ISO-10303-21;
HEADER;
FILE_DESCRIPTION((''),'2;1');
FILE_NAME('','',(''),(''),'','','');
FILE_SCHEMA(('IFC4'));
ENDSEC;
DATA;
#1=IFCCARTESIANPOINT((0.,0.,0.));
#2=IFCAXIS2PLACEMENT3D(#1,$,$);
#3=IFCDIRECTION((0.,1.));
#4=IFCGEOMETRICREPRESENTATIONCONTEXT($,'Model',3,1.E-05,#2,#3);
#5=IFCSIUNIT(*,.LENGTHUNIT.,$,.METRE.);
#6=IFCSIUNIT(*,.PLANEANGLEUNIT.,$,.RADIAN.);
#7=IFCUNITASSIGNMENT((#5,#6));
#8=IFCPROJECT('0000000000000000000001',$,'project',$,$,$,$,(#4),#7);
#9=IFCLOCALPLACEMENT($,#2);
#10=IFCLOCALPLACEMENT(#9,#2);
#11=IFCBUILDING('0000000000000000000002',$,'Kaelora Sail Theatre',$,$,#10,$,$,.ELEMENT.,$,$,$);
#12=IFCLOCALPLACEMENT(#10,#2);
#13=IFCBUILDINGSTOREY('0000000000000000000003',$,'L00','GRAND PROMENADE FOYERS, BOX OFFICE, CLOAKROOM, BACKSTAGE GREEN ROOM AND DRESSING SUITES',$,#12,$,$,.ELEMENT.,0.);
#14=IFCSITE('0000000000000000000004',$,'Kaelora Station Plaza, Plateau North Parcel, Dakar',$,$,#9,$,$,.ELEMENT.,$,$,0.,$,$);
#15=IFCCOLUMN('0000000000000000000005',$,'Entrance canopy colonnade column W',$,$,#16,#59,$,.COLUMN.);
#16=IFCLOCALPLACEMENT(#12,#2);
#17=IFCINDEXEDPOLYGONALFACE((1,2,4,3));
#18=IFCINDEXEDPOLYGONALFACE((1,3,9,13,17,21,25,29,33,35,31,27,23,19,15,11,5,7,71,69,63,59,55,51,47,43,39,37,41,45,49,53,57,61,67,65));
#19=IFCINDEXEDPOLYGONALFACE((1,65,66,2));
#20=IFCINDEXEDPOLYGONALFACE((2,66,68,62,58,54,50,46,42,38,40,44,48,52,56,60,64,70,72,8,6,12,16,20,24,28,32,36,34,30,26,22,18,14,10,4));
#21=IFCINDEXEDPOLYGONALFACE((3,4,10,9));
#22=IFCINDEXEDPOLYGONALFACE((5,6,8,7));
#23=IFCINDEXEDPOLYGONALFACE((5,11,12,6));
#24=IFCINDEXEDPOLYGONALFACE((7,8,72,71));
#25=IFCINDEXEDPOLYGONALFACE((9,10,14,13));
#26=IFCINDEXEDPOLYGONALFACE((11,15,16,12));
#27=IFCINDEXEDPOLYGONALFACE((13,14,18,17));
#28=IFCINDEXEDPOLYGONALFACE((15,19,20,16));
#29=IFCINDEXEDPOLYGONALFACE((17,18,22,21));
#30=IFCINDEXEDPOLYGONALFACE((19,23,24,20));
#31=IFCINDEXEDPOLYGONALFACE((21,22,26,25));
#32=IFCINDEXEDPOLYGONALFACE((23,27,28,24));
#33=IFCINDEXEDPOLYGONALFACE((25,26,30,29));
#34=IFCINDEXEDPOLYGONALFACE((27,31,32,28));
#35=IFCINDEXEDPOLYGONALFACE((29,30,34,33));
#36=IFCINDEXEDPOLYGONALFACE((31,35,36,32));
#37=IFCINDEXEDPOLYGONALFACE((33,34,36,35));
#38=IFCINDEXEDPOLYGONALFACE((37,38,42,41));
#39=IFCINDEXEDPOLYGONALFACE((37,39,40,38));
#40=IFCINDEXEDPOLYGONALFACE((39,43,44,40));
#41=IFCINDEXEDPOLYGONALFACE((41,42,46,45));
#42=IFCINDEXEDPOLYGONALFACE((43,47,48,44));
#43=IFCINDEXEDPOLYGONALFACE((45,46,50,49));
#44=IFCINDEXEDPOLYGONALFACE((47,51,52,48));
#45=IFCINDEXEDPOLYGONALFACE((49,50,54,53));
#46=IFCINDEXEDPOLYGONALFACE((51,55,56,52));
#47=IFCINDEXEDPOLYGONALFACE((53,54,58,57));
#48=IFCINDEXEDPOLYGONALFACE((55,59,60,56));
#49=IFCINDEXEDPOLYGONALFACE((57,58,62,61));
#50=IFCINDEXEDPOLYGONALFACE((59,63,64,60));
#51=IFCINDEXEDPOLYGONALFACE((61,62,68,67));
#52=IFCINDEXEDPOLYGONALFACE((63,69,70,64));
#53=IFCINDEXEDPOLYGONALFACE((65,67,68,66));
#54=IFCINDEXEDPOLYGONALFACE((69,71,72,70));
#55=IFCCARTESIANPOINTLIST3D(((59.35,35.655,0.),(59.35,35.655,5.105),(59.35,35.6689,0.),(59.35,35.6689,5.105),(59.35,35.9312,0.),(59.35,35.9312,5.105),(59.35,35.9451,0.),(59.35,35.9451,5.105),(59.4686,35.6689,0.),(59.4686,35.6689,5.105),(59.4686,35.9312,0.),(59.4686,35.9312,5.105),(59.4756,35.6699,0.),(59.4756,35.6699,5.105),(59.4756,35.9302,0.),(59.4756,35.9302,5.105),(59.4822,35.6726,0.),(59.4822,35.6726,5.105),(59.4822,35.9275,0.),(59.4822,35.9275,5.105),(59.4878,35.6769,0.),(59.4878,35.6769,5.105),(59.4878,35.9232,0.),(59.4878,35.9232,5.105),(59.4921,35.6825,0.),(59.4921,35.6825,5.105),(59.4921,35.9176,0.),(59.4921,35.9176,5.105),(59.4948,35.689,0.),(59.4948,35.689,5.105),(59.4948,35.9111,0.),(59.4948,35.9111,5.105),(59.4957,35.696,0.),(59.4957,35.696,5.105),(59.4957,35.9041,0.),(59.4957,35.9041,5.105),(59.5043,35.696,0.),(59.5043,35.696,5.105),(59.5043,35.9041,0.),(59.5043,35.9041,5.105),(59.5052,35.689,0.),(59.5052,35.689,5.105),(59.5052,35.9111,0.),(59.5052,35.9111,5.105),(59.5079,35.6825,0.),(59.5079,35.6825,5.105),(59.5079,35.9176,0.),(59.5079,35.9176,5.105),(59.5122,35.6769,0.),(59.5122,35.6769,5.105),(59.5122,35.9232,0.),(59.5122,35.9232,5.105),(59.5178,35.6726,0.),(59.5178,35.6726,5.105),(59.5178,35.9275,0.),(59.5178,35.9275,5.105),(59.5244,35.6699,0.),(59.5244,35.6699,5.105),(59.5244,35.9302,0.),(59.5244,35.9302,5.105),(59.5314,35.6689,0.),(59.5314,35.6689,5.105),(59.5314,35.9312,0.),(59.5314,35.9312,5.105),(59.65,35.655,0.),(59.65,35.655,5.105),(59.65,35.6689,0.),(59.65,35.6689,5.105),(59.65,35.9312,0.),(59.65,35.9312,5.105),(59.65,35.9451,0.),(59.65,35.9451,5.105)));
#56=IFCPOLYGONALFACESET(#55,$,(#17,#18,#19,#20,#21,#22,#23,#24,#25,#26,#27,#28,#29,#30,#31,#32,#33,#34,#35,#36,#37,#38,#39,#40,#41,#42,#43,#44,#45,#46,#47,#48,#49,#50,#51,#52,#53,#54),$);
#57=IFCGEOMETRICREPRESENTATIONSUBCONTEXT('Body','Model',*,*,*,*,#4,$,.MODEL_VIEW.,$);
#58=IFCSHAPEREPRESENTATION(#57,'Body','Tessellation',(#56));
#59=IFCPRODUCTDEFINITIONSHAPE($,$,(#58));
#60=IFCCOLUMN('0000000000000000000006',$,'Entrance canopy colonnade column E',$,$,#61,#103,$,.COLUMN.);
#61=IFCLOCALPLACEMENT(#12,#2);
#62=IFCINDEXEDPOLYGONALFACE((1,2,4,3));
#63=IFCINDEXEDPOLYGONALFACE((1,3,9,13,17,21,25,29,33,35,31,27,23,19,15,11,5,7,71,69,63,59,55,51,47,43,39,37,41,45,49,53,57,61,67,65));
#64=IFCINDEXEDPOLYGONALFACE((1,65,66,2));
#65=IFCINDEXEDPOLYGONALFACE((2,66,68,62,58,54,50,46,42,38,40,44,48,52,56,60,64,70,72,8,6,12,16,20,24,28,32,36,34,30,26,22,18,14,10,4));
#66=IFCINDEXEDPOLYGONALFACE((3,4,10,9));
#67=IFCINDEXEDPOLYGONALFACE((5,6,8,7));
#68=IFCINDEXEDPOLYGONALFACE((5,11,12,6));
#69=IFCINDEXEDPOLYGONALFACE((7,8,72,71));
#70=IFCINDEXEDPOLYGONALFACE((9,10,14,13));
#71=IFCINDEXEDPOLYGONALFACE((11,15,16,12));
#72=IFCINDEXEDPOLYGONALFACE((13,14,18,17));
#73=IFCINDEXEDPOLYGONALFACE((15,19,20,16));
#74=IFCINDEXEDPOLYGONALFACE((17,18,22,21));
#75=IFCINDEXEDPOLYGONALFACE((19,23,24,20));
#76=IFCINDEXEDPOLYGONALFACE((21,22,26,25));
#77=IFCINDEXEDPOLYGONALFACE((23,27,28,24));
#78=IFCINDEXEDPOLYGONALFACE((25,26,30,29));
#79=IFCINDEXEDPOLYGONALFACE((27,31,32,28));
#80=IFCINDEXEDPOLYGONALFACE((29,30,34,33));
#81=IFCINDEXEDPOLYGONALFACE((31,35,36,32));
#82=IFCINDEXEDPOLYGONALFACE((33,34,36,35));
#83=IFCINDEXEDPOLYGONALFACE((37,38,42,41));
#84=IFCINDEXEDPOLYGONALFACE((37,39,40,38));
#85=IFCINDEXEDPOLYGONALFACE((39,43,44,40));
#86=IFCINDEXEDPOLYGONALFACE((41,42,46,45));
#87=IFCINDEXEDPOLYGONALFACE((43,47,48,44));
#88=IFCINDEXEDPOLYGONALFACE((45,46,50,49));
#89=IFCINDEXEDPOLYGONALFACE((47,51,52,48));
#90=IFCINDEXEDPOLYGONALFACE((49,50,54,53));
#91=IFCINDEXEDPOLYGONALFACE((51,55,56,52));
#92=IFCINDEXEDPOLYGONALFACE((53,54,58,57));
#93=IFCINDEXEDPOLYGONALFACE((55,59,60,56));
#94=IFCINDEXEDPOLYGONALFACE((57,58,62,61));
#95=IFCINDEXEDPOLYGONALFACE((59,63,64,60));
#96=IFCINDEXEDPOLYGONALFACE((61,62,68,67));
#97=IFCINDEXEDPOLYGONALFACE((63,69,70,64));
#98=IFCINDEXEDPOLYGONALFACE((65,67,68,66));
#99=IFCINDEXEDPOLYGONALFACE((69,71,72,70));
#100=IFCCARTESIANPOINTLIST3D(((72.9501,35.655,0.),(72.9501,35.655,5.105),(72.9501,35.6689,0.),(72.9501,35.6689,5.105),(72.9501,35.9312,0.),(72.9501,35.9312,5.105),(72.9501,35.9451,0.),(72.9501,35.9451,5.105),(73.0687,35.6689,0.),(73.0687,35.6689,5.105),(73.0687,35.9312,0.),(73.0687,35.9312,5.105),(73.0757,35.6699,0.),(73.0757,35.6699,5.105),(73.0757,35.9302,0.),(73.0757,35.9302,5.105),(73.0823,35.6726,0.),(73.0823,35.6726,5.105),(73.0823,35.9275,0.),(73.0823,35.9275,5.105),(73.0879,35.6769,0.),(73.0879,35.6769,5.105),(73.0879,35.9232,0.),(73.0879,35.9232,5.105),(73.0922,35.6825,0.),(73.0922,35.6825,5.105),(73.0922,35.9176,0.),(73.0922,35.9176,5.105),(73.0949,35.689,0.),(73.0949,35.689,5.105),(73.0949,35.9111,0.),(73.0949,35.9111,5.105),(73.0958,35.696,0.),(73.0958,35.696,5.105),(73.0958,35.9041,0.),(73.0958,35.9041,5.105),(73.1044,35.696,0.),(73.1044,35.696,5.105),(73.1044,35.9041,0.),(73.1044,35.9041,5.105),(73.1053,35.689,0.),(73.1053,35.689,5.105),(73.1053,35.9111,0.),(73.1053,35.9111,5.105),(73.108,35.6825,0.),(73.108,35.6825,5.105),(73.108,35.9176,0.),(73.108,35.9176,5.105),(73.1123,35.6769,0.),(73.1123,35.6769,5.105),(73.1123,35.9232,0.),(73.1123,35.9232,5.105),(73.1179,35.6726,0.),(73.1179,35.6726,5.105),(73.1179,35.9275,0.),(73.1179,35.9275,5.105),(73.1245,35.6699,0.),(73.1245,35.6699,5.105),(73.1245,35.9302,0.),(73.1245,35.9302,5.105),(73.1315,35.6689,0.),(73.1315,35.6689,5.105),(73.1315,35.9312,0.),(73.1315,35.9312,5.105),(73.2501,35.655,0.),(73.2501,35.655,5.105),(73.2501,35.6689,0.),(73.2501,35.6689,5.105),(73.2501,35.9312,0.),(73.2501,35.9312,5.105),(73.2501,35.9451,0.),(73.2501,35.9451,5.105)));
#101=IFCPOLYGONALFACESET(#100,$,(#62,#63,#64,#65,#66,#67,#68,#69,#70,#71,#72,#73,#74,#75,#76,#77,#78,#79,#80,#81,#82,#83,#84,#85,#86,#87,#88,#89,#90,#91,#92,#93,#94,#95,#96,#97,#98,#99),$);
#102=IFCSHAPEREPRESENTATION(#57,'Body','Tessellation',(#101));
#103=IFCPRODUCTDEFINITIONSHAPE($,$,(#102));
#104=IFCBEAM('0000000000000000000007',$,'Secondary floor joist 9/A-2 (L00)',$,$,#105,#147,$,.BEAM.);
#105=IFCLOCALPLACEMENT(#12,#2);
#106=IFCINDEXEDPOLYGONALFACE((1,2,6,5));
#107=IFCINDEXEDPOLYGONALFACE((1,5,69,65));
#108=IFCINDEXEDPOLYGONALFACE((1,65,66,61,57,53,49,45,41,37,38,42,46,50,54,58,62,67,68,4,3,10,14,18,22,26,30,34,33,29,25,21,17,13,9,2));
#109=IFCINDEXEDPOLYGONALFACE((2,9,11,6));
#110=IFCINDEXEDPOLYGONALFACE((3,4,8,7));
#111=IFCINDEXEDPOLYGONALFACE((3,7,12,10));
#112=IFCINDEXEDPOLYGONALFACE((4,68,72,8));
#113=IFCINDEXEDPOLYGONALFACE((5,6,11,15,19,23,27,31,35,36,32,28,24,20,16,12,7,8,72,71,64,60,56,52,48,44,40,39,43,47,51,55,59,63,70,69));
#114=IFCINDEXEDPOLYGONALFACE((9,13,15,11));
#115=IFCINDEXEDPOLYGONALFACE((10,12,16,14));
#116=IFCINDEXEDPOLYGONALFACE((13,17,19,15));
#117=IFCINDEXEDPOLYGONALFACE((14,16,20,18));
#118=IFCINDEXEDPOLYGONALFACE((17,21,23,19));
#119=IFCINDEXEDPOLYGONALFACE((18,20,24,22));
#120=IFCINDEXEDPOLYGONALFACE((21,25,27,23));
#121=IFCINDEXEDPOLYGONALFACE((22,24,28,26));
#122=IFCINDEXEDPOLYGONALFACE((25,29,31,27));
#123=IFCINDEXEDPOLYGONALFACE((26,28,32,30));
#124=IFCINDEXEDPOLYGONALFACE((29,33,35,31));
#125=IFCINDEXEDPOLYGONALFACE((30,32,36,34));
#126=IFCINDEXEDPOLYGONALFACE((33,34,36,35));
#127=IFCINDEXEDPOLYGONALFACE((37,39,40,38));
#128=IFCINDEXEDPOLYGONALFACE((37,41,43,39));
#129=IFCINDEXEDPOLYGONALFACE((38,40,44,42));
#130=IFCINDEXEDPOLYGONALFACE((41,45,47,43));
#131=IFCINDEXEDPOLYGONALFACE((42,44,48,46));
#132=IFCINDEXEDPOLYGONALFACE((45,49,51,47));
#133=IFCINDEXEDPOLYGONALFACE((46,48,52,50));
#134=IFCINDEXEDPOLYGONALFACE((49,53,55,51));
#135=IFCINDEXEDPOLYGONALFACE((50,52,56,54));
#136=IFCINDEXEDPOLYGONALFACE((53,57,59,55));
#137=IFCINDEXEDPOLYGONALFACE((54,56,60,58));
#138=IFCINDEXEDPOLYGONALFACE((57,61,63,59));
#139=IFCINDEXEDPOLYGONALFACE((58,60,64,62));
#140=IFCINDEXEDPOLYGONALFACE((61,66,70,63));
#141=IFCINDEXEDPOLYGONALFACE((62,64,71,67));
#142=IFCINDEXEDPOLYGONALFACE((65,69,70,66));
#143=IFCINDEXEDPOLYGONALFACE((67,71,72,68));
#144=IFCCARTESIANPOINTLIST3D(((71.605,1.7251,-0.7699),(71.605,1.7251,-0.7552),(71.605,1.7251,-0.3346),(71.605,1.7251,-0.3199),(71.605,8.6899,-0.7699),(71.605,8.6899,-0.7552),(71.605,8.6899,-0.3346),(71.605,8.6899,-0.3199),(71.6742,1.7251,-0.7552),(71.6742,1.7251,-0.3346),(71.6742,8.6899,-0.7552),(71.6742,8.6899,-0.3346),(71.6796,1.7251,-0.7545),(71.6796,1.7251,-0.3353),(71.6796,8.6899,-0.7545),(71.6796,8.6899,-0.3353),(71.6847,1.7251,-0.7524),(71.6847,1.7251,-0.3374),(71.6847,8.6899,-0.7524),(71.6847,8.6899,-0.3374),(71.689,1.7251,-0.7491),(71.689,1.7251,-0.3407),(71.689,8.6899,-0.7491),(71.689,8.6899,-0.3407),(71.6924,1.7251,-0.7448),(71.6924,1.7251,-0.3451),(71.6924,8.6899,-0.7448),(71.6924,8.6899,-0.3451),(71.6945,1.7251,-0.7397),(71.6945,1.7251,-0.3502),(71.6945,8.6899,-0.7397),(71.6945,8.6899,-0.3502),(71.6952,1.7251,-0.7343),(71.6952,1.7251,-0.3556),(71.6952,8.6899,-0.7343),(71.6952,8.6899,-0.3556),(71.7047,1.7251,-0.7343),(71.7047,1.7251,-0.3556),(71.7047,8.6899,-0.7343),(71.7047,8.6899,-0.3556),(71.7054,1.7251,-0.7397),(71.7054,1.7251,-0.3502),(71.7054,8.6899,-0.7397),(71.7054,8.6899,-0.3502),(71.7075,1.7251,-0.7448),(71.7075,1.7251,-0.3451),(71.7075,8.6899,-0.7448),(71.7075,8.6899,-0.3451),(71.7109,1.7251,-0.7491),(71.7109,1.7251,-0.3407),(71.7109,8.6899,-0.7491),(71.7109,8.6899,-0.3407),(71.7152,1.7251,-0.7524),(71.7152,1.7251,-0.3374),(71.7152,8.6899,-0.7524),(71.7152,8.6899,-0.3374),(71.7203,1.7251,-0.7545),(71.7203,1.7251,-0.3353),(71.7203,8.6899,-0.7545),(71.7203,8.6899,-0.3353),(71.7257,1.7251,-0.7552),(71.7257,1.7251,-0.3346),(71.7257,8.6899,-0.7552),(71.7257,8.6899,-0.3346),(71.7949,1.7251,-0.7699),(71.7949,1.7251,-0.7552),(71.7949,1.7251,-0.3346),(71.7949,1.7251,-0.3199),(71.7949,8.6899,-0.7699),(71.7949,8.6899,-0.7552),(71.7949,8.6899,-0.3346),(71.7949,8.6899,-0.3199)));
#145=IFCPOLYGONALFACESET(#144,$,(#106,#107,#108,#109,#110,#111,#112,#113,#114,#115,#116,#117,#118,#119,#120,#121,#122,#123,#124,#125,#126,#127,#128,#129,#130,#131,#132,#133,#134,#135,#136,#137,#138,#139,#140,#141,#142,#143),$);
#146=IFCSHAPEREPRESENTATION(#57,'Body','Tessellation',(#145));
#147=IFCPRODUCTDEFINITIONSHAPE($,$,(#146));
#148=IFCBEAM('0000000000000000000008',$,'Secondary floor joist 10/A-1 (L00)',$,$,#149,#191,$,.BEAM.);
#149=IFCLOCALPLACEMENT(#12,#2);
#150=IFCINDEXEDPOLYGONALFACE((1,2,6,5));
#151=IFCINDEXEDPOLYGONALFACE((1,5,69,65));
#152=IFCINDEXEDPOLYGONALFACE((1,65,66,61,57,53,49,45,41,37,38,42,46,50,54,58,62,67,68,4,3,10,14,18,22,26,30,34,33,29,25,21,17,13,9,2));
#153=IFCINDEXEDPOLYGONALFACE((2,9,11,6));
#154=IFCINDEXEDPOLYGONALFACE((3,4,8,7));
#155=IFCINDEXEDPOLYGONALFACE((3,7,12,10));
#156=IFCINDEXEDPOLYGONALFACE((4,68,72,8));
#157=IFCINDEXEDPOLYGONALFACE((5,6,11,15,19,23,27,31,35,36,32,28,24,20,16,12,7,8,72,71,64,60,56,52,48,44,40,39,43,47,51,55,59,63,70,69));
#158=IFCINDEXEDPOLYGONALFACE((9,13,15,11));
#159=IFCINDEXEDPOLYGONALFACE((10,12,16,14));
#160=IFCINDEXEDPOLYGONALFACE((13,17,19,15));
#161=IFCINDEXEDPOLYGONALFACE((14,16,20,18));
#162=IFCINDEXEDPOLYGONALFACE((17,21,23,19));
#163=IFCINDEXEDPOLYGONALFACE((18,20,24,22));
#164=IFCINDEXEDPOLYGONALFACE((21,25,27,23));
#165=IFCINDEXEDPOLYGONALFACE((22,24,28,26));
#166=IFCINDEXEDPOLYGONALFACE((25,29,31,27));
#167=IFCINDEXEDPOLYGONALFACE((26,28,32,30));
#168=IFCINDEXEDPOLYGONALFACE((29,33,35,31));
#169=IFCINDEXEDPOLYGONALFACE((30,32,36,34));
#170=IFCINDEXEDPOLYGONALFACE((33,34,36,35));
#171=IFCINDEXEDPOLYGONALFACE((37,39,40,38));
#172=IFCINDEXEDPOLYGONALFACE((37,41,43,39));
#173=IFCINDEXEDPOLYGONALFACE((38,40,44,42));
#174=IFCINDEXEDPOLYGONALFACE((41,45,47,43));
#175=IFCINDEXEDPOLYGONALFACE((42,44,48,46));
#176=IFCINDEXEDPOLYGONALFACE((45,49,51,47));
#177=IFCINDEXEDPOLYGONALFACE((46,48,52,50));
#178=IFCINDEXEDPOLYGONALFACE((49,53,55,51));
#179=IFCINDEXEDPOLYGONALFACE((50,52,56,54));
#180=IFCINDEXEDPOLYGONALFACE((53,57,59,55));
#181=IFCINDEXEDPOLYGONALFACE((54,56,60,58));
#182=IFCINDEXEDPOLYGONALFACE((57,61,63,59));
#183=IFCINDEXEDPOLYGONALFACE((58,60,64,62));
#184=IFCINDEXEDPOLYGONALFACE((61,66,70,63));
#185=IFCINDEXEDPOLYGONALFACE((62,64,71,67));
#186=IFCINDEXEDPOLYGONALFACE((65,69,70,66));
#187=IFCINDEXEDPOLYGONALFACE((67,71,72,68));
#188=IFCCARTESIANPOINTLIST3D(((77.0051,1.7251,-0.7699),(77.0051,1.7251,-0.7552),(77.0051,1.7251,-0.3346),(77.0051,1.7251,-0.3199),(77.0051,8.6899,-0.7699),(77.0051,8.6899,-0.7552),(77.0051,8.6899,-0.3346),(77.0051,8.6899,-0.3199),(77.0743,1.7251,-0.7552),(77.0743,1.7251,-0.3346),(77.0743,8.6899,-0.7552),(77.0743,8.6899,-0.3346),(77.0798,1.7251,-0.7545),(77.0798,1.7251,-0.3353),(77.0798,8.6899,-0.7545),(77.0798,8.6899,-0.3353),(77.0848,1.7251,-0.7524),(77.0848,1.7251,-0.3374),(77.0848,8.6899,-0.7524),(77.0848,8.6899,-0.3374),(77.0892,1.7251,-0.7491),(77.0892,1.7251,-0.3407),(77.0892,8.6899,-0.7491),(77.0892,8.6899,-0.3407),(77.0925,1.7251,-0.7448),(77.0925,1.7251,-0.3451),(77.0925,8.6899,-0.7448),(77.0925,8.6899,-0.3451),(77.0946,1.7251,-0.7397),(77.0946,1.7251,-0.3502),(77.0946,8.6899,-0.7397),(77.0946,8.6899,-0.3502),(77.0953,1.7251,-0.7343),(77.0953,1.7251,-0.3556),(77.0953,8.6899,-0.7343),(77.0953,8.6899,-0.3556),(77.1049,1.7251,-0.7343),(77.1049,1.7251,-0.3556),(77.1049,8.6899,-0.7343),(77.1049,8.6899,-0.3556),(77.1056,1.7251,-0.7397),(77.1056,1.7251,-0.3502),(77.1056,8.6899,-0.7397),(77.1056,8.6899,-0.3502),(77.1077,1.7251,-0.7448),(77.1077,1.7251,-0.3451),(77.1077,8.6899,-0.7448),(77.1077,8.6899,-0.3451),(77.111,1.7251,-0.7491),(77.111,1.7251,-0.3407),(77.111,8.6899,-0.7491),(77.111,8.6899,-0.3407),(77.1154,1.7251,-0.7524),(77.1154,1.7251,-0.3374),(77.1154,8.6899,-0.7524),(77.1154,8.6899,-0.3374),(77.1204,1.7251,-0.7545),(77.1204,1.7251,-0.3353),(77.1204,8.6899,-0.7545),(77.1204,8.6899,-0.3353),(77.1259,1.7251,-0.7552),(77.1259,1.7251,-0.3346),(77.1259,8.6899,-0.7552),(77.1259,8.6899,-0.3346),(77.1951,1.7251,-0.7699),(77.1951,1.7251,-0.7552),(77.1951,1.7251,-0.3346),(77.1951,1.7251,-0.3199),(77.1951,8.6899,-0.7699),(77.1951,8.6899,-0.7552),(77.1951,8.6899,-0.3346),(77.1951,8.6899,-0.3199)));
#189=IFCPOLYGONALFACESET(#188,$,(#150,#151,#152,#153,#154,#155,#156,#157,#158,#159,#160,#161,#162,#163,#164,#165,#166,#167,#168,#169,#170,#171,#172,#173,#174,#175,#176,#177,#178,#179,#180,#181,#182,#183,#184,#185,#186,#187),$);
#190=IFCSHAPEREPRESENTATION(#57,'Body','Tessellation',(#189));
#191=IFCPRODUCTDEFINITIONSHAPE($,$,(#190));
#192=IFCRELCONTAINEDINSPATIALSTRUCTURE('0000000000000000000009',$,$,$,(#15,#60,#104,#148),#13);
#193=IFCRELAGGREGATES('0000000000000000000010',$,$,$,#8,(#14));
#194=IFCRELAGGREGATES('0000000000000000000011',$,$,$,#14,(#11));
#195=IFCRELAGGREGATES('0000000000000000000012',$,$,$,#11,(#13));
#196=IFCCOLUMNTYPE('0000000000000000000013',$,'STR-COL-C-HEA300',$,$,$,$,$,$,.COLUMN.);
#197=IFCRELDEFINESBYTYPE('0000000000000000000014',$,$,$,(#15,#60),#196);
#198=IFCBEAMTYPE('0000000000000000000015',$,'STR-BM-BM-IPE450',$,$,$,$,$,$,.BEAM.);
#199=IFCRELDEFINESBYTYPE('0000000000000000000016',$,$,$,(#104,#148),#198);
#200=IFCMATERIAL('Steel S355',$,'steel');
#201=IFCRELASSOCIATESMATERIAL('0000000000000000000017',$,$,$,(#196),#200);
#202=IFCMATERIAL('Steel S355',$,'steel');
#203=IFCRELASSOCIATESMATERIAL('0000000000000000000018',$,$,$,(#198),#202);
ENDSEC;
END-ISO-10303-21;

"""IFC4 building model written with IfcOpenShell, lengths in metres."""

from ifc_helpers import new_model, si_unit, direction, frame, origin, origin_2d, place, context, subcontext, project, spatial, i_section, extrude, material, material_profile, profile_set, type_object, element, save


model = new_model("IFC4")

# Units and contexts
model_context = context("Model", 3, precision=1e-05, world=origin(), true_north=direction((0.0, 1.0)))
body_context = subcontext(model_context, "Body", "Model", "MODEL_VIEW")
ifc_project = project(units=[si_unit("LENGTHUNIT", "METRE"), si_unit("PLANEANGLEUNIT", "RADIAN")], contexts=[model_context])

# Site, building, storey
site_placement = place(None, origin())
site = spatial("IfcSite", under=ifc_project, at=site_placement, Name="Kaelora Station Plaza, Plateau North Parcel, Dakar", CompositionType="ELEMENT", RefElevation=0.0)
building_placement = place(site_placement, origin())
building = spatial("IfcBuilding", under=site, at=building_placement, Name="Kaelora Sail Theatre", CompositionType="ELEMENT")
storey_placement = place(building_placement, origin())
storey = spatial("IfcBuildingStorey", under=building, at=storey_placement, Name="L00", Description="GRAND PROMENADE FOYERS, BOX OFFICE, CLOAKROOM, BACKSTAGE GREEN ROOM AND DRESSING SUITES", CompositionType="ELEMENT", Elevation=0.0)

# Columns
ifc_material_1 = material(Name="Steel S355", Category="steel")
ifc_material_profile_1 = material_profile(ifc_material_1, i_section(OverallWidth=0.3, OverallDepth=0.29, WebThickness=0.0085, FlangeThickness=0.0139, FilletRadius=0.0271, at=origin_2d()), Name="HEA 300")
ifc_profile_set_1 = profile_set([ifc_material_profile_1], Name="Steel S355")
column_type = type_object("IfcColumnType", Name="STR-COL-C-HEA300", PredefinedType="COLUMN", material=ifc_profile_set_1)
for number, where, z_axis, x_axis, name in (
    (1, (59.5, 35.8, 0.0), (0.0, 0.0, 1.0), (1.0, 0.0, 0.0), "Entrance canopy colonnade column W"),
    (2, (73.1001, 35.8, 0.0), (0.0, 0.0, 1.0), (1.0, 0.0, 0.0), "Entrance canopy colonnade column E"),
):
    element("IfcColumn", number, at=place(storey_placement, frame(where, z_axis=z_axis, x_axis=x_axis)), inside=storey, type_object=column_type, Name=name, PredefinedType="COLUMN", context=body_context, shape_type="SweptSolid", body=[
        extrude(i_section(OverallWidth=0.3, OverallDepth=0.29, WebThickness=0.0085, FlangeThickness=0.0139, FilletRadius=0.0271, at=origin_2d()), origin(), (0.0, 0.0, 1.0), 5.105),
    ])

# Beams
ifc_material_2 = material(Name="Steel S355", Category="steel")
ifc_material_profile_2 = material_profile(ifc_material_2, i_section(OverallWidth=0.1899, OverallDepth=0.45, WebThickness=0.0095, FlangeThickness=0.0146, FilletRadius=0.021, at=origin_2d()), Name="IPE 450")
ifc_profile_set_2 = profile_set([ifc_material_profile_2], Name="Steel S355")
beam_type_1 = type_object("IfcBeamType", Name="STR-BM-BM-IPE450", PredefinedType="BEAM", material=ifc_profile_set_2)
for number, where, z_axis, x_axis, name in (
    (3, (71.7, 1.7251, -0.5449), (0.0, 1.0, 0.0), (-1.0, 0.0, 0.0), "Secondary floor joist 9/A-2 (L00)"),
    (4, (77.1001, 1.7251, -0.5449), (0.0, 1.0, 0.0), (-1.0, 0.0, 0.0), "Secondary floor joist 10/A-1 (L00)"),
):
    element("IfcBeam", number, at=place(storey_placement, frame(where, z_axis=z_axis, x_axis=x_axis)), inside=storey, type_object=beam_type_1, Name=name, PredefinedType="BEAM", context=body_context, shape_type="SweptSolid", body=[
        extrude(i_section(OverallWidth=0.1899, OverallDepth=0.45, WebThickness=0.0095, FlangeThickness=0.0146, FilletRadius=0.021, at=origin_2d()), origin(), (0.0, 0.0, 1.0), 6.9648),
    ])

save(model, "model.ifc")
